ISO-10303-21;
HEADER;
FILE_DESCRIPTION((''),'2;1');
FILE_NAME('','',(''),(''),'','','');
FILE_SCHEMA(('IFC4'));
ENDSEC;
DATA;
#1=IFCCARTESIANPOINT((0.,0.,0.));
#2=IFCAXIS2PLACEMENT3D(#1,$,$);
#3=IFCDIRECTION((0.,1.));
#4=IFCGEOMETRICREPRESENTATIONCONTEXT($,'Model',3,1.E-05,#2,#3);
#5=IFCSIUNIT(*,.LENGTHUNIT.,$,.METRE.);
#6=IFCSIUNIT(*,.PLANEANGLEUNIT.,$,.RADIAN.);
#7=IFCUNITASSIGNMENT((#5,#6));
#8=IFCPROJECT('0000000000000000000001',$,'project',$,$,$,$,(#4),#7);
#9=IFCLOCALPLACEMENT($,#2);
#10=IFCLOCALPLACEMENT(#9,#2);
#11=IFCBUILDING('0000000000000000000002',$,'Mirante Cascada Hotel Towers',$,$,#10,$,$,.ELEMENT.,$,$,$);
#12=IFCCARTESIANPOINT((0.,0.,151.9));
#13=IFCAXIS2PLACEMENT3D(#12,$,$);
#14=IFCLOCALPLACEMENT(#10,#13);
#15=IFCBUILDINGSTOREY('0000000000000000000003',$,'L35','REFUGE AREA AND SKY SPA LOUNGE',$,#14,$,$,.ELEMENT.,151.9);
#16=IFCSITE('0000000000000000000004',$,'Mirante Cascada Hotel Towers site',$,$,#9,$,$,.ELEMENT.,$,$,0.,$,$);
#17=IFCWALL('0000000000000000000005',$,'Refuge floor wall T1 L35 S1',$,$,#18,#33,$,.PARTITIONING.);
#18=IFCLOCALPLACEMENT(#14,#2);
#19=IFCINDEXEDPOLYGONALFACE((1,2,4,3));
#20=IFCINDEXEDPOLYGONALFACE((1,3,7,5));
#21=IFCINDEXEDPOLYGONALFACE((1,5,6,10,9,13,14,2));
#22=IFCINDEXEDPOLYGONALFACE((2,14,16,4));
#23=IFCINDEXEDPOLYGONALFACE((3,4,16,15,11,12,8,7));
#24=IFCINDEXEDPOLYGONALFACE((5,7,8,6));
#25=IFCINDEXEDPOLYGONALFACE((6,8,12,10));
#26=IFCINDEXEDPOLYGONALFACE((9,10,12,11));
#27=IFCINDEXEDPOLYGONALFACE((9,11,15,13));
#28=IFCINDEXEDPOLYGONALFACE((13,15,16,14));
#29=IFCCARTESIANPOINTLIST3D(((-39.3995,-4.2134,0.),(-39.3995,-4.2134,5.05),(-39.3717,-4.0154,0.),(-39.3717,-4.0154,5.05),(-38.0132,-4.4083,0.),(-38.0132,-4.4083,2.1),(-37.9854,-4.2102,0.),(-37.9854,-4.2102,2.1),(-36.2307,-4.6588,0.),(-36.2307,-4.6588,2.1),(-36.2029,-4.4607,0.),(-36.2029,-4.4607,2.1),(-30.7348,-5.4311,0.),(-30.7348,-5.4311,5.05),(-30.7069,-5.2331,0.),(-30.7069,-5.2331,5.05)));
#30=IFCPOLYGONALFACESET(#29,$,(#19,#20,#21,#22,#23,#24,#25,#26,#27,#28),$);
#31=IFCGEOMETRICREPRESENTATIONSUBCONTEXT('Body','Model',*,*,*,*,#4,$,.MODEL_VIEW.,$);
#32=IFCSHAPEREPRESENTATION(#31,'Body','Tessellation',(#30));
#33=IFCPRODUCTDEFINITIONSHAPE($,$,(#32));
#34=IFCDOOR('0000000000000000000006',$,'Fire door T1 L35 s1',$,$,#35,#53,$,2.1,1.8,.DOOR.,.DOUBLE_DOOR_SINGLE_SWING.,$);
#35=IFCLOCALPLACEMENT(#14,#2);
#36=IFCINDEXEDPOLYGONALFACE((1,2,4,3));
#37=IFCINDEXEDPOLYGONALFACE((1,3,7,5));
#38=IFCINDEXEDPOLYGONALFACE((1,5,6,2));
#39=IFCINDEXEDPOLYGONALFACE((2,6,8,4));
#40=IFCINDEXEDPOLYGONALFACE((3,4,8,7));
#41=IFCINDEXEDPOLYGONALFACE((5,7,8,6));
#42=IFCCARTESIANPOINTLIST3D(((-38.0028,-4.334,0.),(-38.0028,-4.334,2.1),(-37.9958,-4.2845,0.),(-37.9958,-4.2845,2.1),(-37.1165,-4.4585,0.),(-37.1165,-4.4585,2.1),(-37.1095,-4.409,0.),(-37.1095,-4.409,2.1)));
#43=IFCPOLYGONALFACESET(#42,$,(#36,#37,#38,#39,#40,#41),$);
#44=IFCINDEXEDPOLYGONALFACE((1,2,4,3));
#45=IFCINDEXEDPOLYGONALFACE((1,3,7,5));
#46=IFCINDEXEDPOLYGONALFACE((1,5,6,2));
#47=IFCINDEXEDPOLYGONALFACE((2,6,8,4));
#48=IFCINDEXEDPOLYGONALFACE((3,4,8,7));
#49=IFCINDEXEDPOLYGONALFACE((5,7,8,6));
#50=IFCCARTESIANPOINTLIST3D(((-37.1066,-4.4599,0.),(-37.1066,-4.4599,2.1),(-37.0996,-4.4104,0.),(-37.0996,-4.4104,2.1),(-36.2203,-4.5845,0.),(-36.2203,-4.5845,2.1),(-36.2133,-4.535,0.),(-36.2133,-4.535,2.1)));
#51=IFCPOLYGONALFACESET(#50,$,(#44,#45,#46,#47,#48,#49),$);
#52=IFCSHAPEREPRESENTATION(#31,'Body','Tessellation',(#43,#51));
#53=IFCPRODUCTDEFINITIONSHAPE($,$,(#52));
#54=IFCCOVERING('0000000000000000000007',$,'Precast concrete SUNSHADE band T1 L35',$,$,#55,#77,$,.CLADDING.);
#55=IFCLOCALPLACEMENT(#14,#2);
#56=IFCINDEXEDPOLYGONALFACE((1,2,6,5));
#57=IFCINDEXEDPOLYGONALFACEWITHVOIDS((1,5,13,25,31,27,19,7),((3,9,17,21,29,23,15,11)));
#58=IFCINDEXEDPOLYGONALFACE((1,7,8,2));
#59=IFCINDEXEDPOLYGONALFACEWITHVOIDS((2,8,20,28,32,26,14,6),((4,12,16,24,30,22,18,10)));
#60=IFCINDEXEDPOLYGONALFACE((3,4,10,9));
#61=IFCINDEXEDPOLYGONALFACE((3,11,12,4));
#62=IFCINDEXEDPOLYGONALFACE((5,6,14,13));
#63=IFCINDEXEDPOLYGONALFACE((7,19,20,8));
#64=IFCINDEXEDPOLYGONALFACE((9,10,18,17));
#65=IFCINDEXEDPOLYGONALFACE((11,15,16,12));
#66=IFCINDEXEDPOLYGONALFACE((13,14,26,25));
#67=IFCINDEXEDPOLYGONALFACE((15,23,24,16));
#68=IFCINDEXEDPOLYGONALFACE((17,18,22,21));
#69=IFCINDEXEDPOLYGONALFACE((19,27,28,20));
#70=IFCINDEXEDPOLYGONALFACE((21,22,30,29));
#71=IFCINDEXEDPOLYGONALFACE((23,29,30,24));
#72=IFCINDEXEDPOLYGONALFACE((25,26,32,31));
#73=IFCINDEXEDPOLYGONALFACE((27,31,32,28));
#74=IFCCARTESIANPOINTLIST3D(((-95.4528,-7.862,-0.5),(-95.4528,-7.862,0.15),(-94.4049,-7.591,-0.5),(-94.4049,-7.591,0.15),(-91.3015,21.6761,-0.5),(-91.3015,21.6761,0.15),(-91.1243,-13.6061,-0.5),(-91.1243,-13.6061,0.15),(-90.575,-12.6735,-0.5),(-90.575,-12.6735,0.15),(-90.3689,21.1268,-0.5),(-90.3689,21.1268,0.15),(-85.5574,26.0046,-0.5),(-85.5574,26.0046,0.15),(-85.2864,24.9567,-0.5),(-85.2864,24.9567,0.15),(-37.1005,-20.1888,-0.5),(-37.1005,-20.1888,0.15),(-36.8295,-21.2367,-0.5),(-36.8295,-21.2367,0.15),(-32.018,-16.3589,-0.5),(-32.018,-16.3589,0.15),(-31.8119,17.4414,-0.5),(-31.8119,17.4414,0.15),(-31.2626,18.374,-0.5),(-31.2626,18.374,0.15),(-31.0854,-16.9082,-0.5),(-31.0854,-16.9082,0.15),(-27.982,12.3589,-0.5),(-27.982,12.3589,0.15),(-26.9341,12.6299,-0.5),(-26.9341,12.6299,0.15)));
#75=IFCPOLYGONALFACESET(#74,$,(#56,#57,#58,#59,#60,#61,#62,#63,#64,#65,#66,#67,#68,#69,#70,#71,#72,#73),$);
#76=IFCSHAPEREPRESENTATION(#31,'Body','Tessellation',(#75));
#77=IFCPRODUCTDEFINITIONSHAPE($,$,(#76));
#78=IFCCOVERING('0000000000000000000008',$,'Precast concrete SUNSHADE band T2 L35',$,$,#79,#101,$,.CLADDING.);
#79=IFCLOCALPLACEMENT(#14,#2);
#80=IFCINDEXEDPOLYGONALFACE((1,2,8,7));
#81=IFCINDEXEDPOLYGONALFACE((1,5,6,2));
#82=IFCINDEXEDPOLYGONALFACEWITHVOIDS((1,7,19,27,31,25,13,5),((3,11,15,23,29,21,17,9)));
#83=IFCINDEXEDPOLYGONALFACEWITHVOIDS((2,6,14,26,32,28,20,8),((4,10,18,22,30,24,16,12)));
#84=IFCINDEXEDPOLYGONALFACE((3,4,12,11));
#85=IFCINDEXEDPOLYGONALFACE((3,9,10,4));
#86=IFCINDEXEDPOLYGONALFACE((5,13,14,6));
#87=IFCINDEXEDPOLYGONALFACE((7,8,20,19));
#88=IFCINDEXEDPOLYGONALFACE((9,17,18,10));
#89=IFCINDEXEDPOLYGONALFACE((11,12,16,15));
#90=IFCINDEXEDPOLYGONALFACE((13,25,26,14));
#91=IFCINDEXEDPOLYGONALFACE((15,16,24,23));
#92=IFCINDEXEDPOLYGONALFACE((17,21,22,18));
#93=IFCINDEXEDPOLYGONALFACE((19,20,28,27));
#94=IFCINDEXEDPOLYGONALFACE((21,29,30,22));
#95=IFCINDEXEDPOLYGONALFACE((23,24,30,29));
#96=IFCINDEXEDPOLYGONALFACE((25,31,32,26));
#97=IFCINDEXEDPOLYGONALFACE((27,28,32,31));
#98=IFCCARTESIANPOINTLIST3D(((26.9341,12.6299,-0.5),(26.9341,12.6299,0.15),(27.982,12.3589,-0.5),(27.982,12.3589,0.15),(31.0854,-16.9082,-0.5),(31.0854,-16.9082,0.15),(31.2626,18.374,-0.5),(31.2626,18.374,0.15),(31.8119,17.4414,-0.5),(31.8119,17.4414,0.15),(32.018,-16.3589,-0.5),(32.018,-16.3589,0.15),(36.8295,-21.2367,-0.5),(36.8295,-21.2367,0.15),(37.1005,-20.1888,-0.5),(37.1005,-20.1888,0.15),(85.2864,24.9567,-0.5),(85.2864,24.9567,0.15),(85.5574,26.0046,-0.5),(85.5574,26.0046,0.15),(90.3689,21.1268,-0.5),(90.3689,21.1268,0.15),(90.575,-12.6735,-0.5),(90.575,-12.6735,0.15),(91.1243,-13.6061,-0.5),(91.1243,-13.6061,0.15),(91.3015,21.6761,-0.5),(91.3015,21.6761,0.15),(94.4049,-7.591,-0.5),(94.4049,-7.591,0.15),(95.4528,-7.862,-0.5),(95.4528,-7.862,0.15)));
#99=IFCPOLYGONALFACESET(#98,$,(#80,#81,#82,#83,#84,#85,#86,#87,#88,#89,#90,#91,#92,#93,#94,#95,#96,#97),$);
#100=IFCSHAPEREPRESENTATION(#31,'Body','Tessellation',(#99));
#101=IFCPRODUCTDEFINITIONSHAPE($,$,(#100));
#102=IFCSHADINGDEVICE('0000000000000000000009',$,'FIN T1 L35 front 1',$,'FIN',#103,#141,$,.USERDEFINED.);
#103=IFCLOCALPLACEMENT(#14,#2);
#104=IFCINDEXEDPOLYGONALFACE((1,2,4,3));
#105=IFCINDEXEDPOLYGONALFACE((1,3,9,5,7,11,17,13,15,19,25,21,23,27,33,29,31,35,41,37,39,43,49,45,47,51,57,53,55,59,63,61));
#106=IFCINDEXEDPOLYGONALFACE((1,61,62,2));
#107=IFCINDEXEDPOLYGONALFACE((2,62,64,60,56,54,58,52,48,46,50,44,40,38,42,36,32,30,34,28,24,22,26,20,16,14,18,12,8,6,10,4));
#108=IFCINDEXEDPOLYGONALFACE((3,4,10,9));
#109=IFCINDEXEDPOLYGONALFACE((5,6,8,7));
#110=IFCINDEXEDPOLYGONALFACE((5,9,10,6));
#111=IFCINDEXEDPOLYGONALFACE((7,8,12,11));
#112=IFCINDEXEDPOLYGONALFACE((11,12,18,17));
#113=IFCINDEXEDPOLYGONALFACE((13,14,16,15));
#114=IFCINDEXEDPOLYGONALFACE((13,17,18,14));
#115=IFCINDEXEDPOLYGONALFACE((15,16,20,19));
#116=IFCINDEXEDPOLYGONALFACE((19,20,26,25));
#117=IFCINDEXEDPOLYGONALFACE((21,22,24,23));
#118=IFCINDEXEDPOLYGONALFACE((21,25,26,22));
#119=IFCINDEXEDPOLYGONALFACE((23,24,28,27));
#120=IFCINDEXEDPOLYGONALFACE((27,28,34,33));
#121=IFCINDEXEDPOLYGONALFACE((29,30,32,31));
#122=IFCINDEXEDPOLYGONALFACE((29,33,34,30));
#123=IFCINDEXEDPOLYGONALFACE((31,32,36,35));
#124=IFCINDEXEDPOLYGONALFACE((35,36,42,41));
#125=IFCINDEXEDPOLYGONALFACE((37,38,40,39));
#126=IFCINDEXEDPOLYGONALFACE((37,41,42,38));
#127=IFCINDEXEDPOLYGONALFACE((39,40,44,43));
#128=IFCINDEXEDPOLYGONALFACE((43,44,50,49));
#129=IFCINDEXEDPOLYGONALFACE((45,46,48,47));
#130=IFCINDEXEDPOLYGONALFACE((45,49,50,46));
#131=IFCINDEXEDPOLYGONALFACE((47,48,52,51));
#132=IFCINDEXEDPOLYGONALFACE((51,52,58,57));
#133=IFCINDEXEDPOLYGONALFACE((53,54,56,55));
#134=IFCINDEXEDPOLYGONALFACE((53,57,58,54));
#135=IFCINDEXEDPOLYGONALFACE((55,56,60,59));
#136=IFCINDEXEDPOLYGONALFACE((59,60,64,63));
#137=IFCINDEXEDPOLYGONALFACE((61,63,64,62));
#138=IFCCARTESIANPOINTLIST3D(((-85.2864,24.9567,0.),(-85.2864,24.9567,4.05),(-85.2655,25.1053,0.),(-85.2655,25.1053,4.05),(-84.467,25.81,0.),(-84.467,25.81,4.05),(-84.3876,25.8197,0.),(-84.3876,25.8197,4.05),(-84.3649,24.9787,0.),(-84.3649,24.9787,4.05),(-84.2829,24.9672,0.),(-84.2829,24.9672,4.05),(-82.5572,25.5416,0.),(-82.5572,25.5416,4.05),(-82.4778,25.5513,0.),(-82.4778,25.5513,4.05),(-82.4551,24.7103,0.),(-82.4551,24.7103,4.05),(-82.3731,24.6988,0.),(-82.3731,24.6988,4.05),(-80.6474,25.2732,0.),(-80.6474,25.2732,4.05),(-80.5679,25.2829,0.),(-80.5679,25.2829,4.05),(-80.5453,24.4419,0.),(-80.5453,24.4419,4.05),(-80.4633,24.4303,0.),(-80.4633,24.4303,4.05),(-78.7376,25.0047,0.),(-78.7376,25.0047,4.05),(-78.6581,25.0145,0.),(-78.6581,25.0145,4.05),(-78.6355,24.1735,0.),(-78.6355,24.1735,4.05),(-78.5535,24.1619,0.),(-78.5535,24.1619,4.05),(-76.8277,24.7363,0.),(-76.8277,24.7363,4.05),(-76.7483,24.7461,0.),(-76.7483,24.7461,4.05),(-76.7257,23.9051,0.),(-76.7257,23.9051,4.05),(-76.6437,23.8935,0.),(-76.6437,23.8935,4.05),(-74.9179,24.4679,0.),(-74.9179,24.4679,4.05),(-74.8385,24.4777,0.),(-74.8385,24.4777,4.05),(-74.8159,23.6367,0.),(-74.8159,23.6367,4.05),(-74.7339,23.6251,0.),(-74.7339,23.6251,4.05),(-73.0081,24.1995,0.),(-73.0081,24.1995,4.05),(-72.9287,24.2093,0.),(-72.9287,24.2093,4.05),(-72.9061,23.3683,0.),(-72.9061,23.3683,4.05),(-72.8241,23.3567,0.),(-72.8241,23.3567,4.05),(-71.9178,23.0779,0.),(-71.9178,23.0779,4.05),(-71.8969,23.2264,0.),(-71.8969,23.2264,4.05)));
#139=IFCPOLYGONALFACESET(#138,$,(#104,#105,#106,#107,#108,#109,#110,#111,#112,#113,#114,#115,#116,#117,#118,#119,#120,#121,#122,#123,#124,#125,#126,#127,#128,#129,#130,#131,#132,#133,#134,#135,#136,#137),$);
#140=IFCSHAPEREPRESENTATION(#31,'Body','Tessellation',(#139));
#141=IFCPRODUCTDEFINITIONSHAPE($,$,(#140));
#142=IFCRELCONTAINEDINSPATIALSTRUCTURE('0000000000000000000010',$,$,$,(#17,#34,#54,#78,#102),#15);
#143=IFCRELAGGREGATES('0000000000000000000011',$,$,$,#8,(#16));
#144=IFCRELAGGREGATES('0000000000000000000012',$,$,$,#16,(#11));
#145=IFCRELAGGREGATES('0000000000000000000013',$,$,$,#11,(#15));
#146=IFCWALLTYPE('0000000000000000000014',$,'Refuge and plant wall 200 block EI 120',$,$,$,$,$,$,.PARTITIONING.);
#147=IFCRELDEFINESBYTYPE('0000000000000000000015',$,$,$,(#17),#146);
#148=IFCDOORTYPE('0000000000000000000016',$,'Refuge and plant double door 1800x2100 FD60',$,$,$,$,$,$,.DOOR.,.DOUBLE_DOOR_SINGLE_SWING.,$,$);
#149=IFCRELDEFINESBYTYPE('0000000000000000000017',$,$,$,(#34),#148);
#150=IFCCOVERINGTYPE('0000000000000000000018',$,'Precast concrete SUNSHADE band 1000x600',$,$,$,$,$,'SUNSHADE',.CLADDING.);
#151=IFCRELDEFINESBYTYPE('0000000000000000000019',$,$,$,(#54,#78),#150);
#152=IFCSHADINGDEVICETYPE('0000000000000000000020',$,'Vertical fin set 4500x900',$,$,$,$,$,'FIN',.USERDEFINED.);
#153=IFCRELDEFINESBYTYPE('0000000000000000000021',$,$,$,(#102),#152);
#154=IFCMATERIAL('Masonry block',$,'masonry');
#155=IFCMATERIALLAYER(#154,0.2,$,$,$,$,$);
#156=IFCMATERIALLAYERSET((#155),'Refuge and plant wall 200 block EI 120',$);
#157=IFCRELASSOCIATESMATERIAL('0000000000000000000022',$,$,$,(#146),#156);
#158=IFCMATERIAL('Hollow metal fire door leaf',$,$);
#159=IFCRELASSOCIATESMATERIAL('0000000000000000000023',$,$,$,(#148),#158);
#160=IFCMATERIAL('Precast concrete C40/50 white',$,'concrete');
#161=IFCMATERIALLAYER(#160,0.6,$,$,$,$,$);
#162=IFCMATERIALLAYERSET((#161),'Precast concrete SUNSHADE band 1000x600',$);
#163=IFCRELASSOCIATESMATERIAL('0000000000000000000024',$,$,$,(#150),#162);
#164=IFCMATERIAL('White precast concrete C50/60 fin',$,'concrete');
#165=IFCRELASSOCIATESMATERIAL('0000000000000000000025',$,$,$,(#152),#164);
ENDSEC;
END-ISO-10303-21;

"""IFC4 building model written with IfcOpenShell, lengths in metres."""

from ifc_helpers import new_model, si_unit, direction, frame, frame_2d, origin, place, context, subcontext, project, spatial, polyline, rectangle, outline, extrude, material, layer, layer_set, type_object, element, fill, save


model = new_model("IFC4")

# Units and contexts
model_context = context("Model", 3, precision=1e-05, world=origin(), true_north=direction((0.0, 1.0)))
body_context = subcontext(model_context, "Body", "Model", "MODEL_VIEW")
ifc_project = project(units=[si_unit("LENGTHUNIT", "METRE"), si_unit("PLANEANGLEUNIT", "RADIAN")], contexts=[model_context])

# Site, building, storey
site_placement = place(None, origin())
site = spatial("IfcSite", under=ifc_project, at=site_placement, Name="Mirante Cascada Hotel Towers site", CompositionType="ELEMENT", RefElevation=0.0)
building_placement = place(site_placement, origin())
building = spatial("IfcBuilding", under=site, at=building_placement, Name="Mirante Cascada Hotel Towers", CompositionType="ELEMENT")
storey_placement = place(building_placement, frame((0.0, 0.0, 151.9)))
storey = spatial("IfcBuildingStorey", under=building, at=storey_placement, Name="L35", Description="REFUGE AREA AND SKY SPA LOUNGE", CompositionType="ELEMENT", Elevation=151.9)

# Wall, opening, door
ifc_material_1 = material(Name="Masonry block", Category="masonry")
ifc_layer_1 = layer(ifc_material_1, 0.2)
ifc_layer_set_1 = layer_set([ifc_layer_1], Name="Refuge and plant wall 200 block EI 120")
wall_type = type_object("IfcWallType", Name="Refuge and plant wall 200 block EI 120", PredefinedType="PARTITIONING", material=ifc_layer_set_1)
wall_placement = place(storey_placement, frame((-30.7208, -5.3321, 0.0), z_axis=(0.0, 0.0, 1.0), x_axis=(-0.990269, 0.139167, 0.0)))
wall = element("IfcWall", 1, at=wall_placement, inside=storey, type_object=wall_type, Name="Refuge floor wall T1 L35 S1", PredefinedType="PARTITIONING", context=body_context, shape_type="SweptSolid", body=[
    extrude(rectangle(XDim=8.7499, YDim=0.2, at=frame_2d((4.375, 0.0))), origin(), (0.0, 0.0, 1.0), 5.05),
])
opening_placement = place(wall_placement, frame((5.55, 0.0, 0.0)))
opening = element("IfcOpeningElement", 2, at=opening_placement, cuts=wall, PredefinedType="OPENING", context=body_context, shape_type="SweptSolid", body=[
    extrude(rectangle(XDim=1.8, YDim=2.1, at=frame_2d((0.9, 1.05))), frame((0.0, 0.1, 0.0), z_axis=(0.0, -1.0, 0.0), x_axis=(1.0, 0.0, 0.0)), (0.0, 0.0, 1.0), 0.2),
])
ifc_material_2 = material(Name="Hollow metal fire door leaf")
door_type = type_object("IfcDoorType", Name="Refuge and plant double door 1800x2100 FD60", OperationType="DOUBLE_DOOR_SINGLE_SWING", PredefinedType="DOOR", material=ifc_material_2)
door_placement = place(opening_placement, frame((1.8, 0.0, 0.0), z_axis=(0.0, 0.0, 1.0), x_axis=(-1.0, 0.0, 0.0)))
door = element("IfcDoor", 3, at=door_placement, inside=storey, type_object=door_type, Name="Fire door T1 L35 s1", OperationType="DOUBLE_DOOR_SINGLE_SWING", OverallHeight=2.1, OverallWidth=1.8, PredefinedType="DOOR", context=body_context, shape_type="SweptSolid", body=[
    extrude(rectangle(XDim=0.895, YDim=2.1, at=frame_2d((0.4475, 1.05))), frame((0.0, 0.025, 0.0), z_axis=(0.0, -1.0, 0.0), x_axis=(1.0, 0.0, 0.0)), (0.0, 0.0, 1.0), 0.05),
    extrude(rectangle(XDim=0.895, YDim=2.1, at=frame_2d((1.3525, 1.05))), frame((0.0, 0.025, 0.0), z_axis=(0.0, -1.0, 0.0), x_axis=(1.0, 0.0, 0.0)), (0.0, 0.0, 1.0), 0.05),
])
fill(opening, door)

# Coverings
ifc_material_3 = material(Name="Precast concrete C40/50 white", Category="concrete")
ifc_layer_2 = layer(ifc_material_3, 0.6)
ifc_layer_set_2 = layer_set([ifc_layer_2], Name="Precast concrete SUNSHADE band 1000x600")
covering_type = type_object("IfcCoveringType", Name="Precast concrete SUNSHADE band 1000x600", ElementType="SUNSHADE", PredefinedType="CLADDING", material=ifc_layer_set_2)
covering_1_placement = place(storey_placement, frame((0.0, 0.0, -0.5)))
element("IfcCovering", 4, at=covering_1_placement, inside=storey, type_object=covering_type, Name="Precast concrete SUNSHADE band T1 L35", PredefinedType="CLADDING", context=body_context, shape_type="SweptSolid", body=[
    extrude(outline(polyline([(-95.4528, -7.862), (-91.3015, 21.6761), (-85.5574, 26.0046), (-31.2626, 18.374), (-26.9341, 12.6299), (-31.0854, -16.9082), (-36.8295, -21.2367), (-91.1243, -13.6061), (-95.4528, -7.862)]), holes=[polyline([(-27.982, 12.3589), (-31.8119, 17.4414), (-85.2864, 24.9567), (-90.3689, 21.1268), (-94.4049, -7.591), (-90.575, -12.6735), (-37.1005, -20.1888), (-32.018, -16.3589), (-27.982, 12.3589)])]), origin(), (0.0, 0.0, 1.0), 0.65),
])
covering_2_placement = place(storey_placement, frame((0.0, 0.0, -0.5)))
element("IfcCovering", 5, at=covering_2_placement, inside=storey, type_object=covering_type, Name="Precast concrete SUNSHADE band T2 L35", PredefinedType="CLADDING", context=body_context, shape_type="SweptSolid", body=[
    extrude(outline(polyline([(26.9341, 12.6299), (31.2626, 18.374), (85.5574, 26.0046), (91.3015, 21.6761), (95.4528, -7.862), (91.1243, -13.6061), (36.8295, -21.2367), (31.0854, -16.9082), (26.9341, 12.6299)]), holes=[polyline([(94.4049, -7.591), (90.3689, 21.1268), (85.2864, 24.9567), (31.8119, 17.4414), (27.982, 12.3589), (32.018, -16.3589), (37.1005, -20.1888), (90.575, -12.6735), (94.4049, -7.591)])]), origin(), (0.0, 0.0, 1.0), 0.65),
])

# Shading device
ifc_material_4 = material(Name="White precast concrete C50/60 fin", Category="concrete")
shading_device_type = type_object("IfcShadingDeviceType", Name="Vertical fin set 4500x900", ElementType="FIN", PredefinedType="USERDEFINED", material=ifc_material_4)
shading_device_1_placement = place(storey_placement, origin())
element("IfcShadingDevice", 6, at=shading_device_1_placement, inside=storey, type_object=shading_device_type, Name="FIN T1 L35 front 1", ObjectType="FIN", PredefinedType="USERDEFINED", context=body_context, shape_type="SweptSolid", body=[
    extrude(outline(polyline([(-72.8241, 23.3567), (-71.8969, 23.2264), (-71.9178, 23.0779), (-85.2864, 24.9567), (-85.2655, 25.1053), (-84.3649, 24.9787), (-84.467, 25.81), (-84.3876, 25.8197), (-84.2829, 24.9672), (-82.4551, 24.7103), (-82.5572, 25.5416), (-82.4778, 25.5513), (-82.3731, 24.6988), (-80.5453, 24.4419), (-80.6474, 25.2732), (-80.5679, 25.2829), (-80.4633, 24.4303), (-78.6355, 24.1735), (-78.7376, 25.0047), (-78.6581, 25.0145), (-78.5535, 24.1619), (-76.7257, 23.9051), (-76.8277, 24.7363), (-76.7483, 24.7461), (-76.6437, 23.8935), (-74.8159, 23.6367), (-74.9179, 24.4679), (-74.8385, 24.4777), (-74.7339, 23.6251), (-72.9061, 23.3683), (-73.0081, 24.1995), (-72.9287, 24.2093), (-72.8241, 23.3567)])), origin(), (0.0, 0.0, 1.0), 4.05),
])

save(model, "model.ifc")
